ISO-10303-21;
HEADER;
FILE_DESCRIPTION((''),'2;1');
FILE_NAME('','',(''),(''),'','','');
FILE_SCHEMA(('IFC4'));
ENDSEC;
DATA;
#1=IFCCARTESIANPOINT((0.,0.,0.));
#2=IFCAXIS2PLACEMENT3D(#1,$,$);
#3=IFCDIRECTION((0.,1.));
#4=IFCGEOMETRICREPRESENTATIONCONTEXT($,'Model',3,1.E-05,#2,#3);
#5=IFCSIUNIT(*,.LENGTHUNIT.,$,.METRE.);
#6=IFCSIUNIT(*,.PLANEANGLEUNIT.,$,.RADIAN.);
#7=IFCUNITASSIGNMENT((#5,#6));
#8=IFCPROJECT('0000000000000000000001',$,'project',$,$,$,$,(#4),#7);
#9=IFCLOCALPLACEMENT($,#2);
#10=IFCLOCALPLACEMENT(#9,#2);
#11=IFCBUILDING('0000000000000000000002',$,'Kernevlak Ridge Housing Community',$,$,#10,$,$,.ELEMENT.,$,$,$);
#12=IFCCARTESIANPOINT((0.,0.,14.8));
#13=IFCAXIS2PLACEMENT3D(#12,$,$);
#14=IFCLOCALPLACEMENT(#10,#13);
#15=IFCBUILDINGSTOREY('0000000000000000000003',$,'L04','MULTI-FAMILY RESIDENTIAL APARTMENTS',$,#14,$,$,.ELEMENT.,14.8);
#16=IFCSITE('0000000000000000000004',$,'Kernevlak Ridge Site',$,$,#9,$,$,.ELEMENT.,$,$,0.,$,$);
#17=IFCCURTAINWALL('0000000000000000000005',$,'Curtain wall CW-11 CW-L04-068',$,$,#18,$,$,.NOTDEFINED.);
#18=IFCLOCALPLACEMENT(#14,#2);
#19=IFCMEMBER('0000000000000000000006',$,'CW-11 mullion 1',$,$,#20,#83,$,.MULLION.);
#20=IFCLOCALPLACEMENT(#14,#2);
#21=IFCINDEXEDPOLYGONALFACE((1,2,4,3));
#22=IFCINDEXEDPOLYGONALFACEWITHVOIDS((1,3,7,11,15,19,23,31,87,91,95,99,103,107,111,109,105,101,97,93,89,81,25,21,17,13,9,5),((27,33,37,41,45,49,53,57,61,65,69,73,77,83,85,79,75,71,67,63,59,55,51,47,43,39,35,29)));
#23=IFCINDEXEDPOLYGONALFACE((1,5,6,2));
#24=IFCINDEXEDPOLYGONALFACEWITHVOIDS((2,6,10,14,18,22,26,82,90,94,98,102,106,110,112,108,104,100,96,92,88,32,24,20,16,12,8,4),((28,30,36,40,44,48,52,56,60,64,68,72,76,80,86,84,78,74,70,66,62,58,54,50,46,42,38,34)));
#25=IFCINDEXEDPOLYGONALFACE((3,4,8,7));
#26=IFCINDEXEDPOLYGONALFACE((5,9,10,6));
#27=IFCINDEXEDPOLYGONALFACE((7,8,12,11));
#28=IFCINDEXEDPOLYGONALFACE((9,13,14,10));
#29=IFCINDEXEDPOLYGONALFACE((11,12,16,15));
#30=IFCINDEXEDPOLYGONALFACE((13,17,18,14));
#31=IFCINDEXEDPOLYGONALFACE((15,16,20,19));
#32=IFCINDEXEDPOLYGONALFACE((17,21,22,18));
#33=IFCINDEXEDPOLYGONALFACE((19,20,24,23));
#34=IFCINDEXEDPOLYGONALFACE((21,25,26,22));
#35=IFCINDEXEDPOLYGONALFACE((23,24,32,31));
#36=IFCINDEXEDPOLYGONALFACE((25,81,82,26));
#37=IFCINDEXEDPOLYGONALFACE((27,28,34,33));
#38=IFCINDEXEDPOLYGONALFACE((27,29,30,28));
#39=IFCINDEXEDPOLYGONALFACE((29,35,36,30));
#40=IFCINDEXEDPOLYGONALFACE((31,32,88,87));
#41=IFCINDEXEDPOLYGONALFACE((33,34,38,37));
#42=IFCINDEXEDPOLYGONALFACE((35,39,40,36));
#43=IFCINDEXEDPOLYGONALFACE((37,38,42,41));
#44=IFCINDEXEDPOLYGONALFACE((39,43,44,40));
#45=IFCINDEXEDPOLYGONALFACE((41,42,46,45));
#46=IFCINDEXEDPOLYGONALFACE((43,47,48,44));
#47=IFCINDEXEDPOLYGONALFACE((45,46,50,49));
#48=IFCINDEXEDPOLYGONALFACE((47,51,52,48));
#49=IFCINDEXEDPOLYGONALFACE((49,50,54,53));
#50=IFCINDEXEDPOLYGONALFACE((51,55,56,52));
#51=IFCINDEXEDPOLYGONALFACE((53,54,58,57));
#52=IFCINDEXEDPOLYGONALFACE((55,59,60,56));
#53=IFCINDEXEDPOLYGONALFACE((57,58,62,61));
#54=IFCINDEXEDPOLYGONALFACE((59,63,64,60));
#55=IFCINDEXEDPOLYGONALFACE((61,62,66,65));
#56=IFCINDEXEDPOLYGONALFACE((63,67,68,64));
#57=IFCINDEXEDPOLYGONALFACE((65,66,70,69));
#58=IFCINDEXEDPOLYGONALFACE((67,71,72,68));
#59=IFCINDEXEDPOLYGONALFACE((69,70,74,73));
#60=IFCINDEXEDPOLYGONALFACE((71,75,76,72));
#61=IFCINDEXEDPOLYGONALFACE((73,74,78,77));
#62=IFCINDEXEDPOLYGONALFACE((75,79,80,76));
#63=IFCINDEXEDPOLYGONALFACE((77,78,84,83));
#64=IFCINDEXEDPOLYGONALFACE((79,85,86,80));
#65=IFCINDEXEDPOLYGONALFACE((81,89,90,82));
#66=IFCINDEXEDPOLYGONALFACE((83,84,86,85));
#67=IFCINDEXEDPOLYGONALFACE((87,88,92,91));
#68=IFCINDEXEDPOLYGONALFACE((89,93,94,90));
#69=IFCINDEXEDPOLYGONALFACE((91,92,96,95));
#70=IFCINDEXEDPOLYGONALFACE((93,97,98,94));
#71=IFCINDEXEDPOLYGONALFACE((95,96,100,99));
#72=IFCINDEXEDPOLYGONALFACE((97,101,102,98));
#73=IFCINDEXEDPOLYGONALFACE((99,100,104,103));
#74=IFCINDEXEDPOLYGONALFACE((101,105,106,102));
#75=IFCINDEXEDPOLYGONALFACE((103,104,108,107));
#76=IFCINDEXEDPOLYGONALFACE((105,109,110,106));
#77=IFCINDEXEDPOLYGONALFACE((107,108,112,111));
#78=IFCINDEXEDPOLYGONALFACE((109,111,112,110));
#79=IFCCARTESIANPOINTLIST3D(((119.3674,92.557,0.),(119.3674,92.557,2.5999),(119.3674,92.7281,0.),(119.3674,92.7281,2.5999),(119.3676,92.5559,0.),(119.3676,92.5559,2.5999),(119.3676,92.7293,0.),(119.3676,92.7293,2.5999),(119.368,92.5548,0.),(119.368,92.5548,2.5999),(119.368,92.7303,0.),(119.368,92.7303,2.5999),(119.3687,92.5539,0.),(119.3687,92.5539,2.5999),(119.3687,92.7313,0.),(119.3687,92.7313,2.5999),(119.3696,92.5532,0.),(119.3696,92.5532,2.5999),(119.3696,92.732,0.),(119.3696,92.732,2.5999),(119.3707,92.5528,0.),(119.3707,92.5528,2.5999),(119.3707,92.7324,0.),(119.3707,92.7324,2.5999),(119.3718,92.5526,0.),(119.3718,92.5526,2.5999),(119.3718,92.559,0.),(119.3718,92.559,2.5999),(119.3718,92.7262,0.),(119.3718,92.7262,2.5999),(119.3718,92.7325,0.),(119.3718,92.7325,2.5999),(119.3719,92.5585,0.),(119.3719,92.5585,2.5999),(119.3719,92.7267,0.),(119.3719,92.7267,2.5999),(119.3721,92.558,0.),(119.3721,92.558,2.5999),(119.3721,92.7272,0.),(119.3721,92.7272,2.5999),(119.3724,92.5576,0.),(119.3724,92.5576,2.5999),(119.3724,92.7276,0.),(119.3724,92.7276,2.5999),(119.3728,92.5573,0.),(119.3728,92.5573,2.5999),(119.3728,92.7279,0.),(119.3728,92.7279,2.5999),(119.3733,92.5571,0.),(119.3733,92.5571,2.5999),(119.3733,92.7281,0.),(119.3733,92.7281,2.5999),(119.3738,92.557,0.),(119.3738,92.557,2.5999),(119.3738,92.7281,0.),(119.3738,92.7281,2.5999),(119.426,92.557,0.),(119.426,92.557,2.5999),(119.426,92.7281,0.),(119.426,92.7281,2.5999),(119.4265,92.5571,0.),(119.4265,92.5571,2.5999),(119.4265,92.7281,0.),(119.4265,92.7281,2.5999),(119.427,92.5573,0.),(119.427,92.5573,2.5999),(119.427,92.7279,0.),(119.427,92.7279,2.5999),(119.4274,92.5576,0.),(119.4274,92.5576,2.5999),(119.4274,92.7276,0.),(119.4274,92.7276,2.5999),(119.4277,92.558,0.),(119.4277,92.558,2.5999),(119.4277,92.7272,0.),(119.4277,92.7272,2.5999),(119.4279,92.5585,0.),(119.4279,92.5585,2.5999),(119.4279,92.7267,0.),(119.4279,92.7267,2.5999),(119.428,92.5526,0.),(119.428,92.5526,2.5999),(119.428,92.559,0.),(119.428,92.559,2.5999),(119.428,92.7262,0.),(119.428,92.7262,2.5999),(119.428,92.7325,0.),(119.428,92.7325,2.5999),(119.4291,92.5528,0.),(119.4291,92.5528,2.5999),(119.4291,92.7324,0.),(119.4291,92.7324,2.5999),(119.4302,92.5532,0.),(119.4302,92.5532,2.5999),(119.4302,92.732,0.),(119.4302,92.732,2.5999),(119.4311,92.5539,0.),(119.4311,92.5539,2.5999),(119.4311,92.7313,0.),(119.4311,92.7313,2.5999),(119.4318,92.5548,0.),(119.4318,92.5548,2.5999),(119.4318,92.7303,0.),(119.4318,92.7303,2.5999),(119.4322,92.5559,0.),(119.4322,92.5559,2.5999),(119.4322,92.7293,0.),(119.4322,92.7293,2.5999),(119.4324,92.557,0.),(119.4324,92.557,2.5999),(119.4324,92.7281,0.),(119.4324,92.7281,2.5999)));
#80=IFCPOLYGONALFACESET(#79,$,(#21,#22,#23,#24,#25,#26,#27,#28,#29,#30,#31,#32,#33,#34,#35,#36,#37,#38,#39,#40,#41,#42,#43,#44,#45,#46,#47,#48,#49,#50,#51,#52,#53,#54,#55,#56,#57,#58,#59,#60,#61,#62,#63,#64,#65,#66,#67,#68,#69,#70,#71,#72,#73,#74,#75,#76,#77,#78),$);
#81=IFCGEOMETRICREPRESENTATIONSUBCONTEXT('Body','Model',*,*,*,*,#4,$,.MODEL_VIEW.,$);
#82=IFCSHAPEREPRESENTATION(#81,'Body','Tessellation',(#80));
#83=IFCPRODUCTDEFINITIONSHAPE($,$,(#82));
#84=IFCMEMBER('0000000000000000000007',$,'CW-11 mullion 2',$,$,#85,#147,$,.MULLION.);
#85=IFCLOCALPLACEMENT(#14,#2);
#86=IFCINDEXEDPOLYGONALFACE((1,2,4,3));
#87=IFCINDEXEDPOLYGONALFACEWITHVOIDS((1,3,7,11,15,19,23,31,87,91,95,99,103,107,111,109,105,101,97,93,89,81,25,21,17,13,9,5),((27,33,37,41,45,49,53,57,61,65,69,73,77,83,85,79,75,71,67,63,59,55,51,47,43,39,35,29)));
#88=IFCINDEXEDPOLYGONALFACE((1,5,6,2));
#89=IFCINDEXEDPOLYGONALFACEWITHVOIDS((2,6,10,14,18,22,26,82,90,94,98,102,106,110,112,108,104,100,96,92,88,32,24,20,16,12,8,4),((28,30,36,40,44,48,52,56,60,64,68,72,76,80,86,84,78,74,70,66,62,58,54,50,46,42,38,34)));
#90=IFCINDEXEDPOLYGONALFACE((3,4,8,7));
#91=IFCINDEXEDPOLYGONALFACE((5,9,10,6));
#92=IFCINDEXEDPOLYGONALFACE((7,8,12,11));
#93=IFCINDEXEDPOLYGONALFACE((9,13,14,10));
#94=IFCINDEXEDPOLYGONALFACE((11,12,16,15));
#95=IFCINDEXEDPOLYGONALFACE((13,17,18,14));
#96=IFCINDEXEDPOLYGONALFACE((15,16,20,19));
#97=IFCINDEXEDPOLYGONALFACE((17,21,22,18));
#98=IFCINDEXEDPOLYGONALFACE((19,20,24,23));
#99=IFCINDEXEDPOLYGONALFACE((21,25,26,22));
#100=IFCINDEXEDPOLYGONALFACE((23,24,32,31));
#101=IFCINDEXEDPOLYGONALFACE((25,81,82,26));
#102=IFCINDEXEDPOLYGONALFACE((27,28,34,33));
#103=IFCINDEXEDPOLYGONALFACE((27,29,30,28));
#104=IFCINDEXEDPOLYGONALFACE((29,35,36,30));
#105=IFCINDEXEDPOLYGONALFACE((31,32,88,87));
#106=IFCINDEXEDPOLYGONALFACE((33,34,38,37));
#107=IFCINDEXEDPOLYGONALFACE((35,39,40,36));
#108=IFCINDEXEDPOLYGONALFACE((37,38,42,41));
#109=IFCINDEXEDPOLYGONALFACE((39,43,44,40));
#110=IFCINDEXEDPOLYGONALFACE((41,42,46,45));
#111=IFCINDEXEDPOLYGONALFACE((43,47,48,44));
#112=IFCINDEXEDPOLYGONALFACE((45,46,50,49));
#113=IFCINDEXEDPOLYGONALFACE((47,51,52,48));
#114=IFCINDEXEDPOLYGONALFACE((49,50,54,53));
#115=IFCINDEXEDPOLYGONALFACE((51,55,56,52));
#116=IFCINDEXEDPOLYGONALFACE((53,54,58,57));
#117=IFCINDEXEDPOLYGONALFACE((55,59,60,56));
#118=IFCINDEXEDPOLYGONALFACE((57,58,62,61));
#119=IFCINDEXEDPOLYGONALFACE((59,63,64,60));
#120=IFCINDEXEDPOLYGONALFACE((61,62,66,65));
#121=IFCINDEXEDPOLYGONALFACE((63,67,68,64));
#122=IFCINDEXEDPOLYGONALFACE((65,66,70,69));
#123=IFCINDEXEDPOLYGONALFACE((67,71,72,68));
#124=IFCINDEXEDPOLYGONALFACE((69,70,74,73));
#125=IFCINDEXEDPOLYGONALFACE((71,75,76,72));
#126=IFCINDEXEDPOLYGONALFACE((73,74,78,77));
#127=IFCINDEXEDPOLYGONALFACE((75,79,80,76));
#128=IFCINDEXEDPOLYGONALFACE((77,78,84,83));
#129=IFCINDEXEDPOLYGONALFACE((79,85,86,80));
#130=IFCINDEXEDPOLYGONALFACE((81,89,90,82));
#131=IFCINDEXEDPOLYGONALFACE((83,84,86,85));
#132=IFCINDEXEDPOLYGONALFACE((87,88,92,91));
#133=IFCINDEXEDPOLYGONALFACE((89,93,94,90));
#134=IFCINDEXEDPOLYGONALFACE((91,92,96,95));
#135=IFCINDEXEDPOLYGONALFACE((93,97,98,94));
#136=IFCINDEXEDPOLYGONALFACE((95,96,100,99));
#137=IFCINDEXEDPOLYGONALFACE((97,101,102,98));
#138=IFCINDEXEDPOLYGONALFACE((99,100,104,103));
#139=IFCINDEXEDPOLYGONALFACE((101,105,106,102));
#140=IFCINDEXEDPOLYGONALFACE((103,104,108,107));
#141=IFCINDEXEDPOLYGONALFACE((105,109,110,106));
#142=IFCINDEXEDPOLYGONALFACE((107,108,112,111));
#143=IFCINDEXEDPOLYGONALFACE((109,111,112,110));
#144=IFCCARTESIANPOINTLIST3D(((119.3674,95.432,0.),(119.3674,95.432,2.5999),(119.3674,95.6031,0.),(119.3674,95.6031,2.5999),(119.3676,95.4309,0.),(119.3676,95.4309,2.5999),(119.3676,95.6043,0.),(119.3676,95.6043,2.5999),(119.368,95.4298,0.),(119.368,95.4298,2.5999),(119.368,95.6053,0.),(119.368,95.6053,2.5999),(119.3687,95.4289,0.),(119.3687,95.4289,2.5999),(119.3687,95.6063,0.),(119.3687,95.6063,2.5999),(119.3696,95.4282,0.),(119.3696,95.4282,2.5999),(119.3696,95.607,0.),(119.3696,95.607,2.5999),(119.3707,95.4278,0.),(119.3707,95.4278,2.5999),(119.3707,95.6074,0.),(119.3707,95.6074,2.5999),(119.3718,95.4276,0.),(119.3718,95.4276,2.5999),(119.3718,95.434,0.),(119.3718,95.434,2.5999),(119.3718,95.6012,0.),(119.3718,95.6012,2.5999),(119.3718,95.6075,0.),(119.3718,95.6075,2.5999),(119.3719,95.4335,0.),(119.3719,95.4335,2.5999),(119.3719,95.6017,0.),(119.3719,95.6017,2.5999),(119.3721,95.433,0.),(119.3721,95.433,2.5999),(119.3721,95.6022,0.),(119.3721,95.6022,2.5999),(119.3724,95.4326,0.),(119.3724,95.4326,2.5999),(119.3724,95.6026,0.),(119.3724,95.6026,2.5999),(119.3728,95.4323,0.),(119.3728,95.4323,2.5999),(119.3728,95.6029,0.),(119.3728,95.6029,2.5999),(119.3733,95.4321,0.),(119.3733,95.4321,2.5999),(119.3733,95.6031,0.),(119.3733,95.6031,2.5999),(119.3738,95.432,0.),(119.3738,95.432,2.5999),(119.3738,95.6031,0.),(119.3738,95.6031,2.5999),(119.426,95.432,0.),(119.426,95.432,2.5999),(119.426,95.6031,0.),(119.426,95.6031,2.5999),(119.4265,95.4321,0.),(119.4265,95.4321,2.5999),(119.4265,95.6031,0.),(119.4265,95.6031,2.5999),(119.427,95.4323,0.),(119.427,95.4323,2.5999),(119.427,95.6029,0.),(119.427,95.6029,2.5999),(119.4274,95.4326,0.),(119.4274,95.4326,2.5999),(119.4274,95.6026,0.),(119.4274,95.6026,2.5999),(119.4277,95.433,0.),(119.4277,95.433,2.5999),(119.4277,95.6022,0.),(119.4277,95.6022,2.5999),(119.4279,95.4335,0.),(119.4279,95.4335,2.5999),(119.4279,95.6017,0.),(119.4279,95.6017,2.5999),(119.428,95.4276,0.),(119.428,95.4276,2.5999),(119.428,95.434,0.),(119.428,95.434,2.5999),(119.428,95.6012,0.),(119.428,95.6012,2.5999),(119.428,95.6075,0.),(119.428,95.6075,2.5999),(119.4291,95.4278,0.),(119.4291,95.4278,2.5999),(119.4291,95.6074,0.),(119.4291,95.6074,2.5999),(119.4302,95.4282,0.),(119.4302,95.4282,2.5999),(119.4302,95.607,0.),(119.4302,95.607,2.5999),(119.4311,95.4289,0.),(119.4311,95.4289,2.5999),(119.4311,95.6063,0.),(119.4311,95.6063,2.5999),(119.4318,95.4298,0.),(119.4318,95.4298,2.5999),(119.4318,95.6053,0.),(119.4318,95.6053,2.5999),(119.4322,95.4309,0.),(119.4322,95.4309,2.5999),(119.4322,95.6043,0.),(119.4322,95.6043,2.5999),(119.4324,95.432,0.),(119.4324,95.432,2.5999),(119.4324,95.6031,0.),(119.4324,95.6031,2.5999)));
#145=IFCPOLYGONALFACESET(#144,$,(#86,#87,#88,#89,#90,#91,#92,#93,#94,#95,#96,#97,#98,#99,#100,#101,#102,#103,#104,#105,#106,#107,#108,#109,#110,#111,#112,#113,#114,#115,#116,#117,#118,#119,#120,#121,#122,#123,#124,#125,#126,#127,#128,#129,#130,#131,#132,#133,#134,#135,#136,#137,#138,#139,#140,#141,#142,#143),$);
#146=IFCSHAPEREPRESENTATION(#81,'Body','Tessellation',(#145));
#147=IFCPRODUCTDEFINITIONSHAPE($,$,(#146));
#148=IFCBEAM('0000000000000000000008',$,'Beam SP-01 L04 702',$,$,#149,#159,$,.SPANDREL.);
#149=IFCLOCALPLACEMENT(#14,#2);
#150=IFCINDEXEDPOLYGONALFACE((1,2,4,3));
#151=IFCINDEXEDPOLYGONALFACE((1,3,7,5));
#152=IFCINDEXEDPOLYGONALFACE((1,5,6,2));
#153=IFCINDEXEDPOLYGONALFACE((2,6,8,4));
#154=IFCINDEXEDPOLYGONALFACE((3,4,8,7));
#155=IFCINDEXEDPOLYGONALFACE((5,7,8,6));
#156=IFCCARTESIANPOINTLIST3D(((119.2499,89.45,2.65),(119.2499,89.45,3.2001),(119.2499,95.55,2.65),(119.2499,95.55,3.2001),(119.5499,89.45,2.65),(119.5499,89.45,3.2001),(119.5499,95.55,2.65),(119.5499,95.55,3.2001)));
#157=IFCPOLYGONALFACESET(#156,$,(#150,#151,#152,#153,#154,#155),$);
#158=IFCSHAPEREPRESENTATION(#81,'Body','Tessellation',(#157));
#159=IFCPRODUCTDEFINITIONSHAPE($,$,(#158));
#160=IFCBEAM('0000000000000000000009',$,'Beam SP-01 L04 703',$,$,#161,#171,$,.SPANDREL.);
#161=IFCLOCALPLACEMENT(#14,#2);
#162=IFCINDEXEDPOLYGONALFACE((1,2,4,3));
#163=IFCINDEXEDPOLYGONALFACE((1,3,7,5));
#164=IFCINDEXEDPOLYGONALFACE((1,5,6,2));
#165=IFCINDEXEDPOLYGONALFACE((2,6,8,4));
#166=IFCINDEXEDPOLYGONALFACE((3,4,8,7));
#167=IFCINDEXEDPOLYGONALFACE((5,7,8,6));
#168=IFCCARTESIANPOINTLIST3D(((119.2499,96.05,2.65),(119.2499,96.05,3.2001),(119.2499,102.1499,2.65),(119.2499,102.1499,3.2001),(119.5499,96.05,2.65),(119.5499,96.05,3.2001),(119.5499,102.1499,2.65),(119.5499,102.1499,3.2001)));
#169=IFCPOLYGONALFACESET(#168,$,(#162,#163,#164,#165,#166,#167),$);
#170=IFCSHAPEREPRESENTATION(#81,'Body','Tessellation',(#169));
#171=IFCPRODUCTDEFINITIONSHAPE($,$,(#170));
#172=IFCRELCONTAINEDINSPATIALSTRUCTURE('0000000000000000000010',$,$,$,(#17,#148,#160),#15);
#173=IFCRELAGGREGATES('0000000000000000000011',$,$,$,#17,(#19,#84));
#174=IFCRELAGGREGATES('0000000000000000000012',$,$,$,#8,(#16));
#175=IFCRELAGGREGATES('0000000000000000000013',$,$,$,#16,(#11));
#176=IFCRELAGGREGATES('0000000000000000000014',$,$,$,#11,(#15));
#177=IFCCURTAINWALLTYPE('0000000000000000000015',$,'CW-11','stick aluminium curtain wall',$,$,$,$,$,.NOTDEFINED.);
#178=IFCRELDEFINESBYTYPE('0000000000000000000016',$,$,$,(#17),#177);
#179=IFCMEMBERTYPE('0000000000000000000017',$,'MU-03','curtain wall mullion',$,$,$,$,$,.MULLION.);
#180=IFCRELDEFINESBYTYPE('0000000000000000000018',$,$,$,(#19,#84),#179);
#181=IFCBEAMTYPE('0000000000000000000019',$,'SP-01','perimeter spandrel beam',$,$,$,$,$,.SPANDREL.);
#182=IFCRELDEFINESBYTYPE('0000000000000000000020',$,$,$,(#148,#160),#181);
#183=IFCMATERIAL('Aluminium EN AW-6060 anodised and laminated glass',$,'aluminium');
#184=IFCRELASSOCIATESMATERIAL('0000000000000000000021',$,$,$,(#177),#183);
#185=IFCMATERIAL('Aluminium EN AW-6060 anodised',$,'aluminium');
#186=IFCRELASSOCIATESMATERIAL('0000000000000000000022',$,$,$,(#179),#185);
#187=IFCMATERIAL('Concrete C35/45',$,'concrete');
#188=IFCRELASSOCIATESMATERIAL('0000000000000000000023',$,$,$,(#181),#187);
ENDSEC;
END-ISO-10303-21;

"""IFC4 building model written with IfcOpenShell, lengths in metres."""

from ifc_helpers import new_model, si_unit, direction, frame, origin, origin_2d, place, context, subcontext, project, spatial, rectangle, hollow_rectangle, extrude, material, material_profile, profile_set, type_object, element, aggregate, save


model = new_model("IFC4")

# Units and contexts
model_context = context("Model", 3, precision=1e-05, world=origin(), true_north=direction((0.0, 1.0)))
body_context = subcontext(model_context, "Body", "Model", "MODEL_VIEW")
ifc_project = project(units=[si_unit("LENGTHUNIT", "METRE"), si_unit("PLANEANGLEUNIT", "RADIAN")], contexts=[model_context])

# Site, building, storey
site_placement = place(None, origin())
site = spatial("IfcSite", under=ifc_project, at=site_placement, Name="Kernevlak Ridge Site", CompositionType="ELEMENT", RefElevation=0.0)
building_placement = place(site_placement, origin())
building = spatial("IfcBuilding", under=site, at=building_placement, Name="Kernevlak Ridge Housing Community", CompositionType="ELEMENT")
storey_placement = place(building_placement, frame((0.0, 0.0, 14.8)))
storey = spatial("IfcBuildingStorey", under=building, at=storey_placement, Name="L04", Description="MULTI-FAMILY RESIDENTIAL APARTMENTS", CompositionType="ELEMENT", Elevation=14.8)

# Curtain wall, members
ifc_material_1 = material(Name="Aluminium EN AW-6060 anodised and laminated glass", Category="aluminium")
ifc_material_2 = material(Name="Aluminium EN AW-6060 anodised", Category="aluminium")
curtain_wall_type_1 = type_object("IfcCurtainWallType", Name="CW-11", Description="stick aluminium curtain wall", PredefinedType="NOTDEFINED", material=ifc_material_1)
curtain_wall_1_placement = place(storey_placement, origin())
curtain_wall_1 = element("IfcCurtainWall", 1, at=curtain_wall_1_placement, inside=storey, type_object=curtain_wall_type_1, Name="Curtain wall CW-11 CW-L04-068", PredefinedType="NOTDEFINED")
ifc_material_profile_1 = material_profile(ifc_material_2, hollow_rectangle(XDim=0.0649, YDim=0.1799, WallThickness=0.0044, InnerFilletRadius=0.002, OuterFilletRadius=0.0044, at=origin_2d()), Name="ALU 65x180x4.5")
ifc_profile_set_1 = profile_set([ifc_material_profile_1], Name="Aluminium EN AW-6060 anodised")
member_type_1 = type_object("IfcMemberType", Name="MU-03", Description="curtain wall mullion", PredefinedType="MULLION", material=ifc_profile_set_1)
member_1_placement = place(storey_placement, frame((119.3999, 92.6426, 0.0), z_axis=(0.0, 0.0, 1.0), x_axis=(-1.0, 0.0, 0.0)))
member_1 = element("IfcMember", 2, at=member_1_placement, type_object=member_type_1, Name="CW-11 mullion 1", PredefinedType="MULLION", context=body_context, shape_type="SweptSolid", body=[
    extrude(hollow_rectangle(XDim=0.0649, YDim=0.1799, WallThickness=0.0044, InnerFilletRadius=0.002, OuterFilletRadius=0.0044, at=origin_2d()), origin(), (0.0, 0.0, 1.0), 2.5999),
])
member_2_placement = place(storey_placement, frame((119.3999, 95.5176, 0.0), z_axis=(0.0, 0.0, 1.0), x_axis=(-1.0, 0.0, 0.0)))
member_2 = element("IfcMember", 3, at=member_2_placement, type_object=member_type_1, Name="CW-11 mullion 2", PredefinedType="MULLION", context=body_context, shape_type="SweptSolid", body=[
    extrude(hollow_rectangle(XDim=0.0649, YDim=0.1799, WallThickness=0.0044, InnerFilletRadius=0.002, OuterFilletRadius=0.0044, at=origin_2d()), origin(), (0.0, 0.0, 1.0), 2.5999),
])

# Beams
ifc_material_3 = material(Name="Concrete C35/45", Category="concrete")
ifc_material_profile_2 = material_profile(ifc_material_3, rectangle(XDim=0.3, YDim=0.55, at=origin_2d()), Name="RC 300x550")
ifc_profile_set_2 = profile_set([ifc_material_profile_2], Name="Concrete C35/45")
beam_type = type_object("IfcBeamType", Name="SP-01", Description="perimeter spandrel beam", PredefinedType="SPANDREL", material=ifc_profile_set_2)
beam_1_placement = place(storey_placement, frame((119.3999, 89.45, 2.925), z_axis=(0.0, 1.0, 0.0), x_axis=(-1.0, 0.0, 0.0)))
element("IfcBeam", 4, at=beam_1_placement, inside=storey, type_object=beam_type, Name="Beam SP-01 L04 702", PredefinedType="SPANDREL", context=body_context, shape_type="SweptSolid", body=[
    extrude(rectangle(XDim=0.3, YDim=0.55, at=origin_2d()), origin(), (0.0, 0.0, 1.0), 6.1001),
])
beam_2_placement = place(storey_placement, frame((119.3999, 96.05, 2.925), z_axis=(0.0, 1.0, 0.0), x_axis=(-1.0, 0.0, 0.0)))
element("IfcBeam", 5, at=beam_2_placement, inside=storey, type_object=beam_type, Name="Beam SP-01 L04 703", PredefinedType="SPANDREL", context=body_context, shape_type="SweptSolid", body=[
    extrude(rectangle(XDim=0.3, YDim=0.55, at=origin_2d()), origin(), (0.0, 0.0, 1.0), 6.0999),
])

aggregate(curtain_wall_1, [member_1, member_2])

save(model, "model.ifc")
